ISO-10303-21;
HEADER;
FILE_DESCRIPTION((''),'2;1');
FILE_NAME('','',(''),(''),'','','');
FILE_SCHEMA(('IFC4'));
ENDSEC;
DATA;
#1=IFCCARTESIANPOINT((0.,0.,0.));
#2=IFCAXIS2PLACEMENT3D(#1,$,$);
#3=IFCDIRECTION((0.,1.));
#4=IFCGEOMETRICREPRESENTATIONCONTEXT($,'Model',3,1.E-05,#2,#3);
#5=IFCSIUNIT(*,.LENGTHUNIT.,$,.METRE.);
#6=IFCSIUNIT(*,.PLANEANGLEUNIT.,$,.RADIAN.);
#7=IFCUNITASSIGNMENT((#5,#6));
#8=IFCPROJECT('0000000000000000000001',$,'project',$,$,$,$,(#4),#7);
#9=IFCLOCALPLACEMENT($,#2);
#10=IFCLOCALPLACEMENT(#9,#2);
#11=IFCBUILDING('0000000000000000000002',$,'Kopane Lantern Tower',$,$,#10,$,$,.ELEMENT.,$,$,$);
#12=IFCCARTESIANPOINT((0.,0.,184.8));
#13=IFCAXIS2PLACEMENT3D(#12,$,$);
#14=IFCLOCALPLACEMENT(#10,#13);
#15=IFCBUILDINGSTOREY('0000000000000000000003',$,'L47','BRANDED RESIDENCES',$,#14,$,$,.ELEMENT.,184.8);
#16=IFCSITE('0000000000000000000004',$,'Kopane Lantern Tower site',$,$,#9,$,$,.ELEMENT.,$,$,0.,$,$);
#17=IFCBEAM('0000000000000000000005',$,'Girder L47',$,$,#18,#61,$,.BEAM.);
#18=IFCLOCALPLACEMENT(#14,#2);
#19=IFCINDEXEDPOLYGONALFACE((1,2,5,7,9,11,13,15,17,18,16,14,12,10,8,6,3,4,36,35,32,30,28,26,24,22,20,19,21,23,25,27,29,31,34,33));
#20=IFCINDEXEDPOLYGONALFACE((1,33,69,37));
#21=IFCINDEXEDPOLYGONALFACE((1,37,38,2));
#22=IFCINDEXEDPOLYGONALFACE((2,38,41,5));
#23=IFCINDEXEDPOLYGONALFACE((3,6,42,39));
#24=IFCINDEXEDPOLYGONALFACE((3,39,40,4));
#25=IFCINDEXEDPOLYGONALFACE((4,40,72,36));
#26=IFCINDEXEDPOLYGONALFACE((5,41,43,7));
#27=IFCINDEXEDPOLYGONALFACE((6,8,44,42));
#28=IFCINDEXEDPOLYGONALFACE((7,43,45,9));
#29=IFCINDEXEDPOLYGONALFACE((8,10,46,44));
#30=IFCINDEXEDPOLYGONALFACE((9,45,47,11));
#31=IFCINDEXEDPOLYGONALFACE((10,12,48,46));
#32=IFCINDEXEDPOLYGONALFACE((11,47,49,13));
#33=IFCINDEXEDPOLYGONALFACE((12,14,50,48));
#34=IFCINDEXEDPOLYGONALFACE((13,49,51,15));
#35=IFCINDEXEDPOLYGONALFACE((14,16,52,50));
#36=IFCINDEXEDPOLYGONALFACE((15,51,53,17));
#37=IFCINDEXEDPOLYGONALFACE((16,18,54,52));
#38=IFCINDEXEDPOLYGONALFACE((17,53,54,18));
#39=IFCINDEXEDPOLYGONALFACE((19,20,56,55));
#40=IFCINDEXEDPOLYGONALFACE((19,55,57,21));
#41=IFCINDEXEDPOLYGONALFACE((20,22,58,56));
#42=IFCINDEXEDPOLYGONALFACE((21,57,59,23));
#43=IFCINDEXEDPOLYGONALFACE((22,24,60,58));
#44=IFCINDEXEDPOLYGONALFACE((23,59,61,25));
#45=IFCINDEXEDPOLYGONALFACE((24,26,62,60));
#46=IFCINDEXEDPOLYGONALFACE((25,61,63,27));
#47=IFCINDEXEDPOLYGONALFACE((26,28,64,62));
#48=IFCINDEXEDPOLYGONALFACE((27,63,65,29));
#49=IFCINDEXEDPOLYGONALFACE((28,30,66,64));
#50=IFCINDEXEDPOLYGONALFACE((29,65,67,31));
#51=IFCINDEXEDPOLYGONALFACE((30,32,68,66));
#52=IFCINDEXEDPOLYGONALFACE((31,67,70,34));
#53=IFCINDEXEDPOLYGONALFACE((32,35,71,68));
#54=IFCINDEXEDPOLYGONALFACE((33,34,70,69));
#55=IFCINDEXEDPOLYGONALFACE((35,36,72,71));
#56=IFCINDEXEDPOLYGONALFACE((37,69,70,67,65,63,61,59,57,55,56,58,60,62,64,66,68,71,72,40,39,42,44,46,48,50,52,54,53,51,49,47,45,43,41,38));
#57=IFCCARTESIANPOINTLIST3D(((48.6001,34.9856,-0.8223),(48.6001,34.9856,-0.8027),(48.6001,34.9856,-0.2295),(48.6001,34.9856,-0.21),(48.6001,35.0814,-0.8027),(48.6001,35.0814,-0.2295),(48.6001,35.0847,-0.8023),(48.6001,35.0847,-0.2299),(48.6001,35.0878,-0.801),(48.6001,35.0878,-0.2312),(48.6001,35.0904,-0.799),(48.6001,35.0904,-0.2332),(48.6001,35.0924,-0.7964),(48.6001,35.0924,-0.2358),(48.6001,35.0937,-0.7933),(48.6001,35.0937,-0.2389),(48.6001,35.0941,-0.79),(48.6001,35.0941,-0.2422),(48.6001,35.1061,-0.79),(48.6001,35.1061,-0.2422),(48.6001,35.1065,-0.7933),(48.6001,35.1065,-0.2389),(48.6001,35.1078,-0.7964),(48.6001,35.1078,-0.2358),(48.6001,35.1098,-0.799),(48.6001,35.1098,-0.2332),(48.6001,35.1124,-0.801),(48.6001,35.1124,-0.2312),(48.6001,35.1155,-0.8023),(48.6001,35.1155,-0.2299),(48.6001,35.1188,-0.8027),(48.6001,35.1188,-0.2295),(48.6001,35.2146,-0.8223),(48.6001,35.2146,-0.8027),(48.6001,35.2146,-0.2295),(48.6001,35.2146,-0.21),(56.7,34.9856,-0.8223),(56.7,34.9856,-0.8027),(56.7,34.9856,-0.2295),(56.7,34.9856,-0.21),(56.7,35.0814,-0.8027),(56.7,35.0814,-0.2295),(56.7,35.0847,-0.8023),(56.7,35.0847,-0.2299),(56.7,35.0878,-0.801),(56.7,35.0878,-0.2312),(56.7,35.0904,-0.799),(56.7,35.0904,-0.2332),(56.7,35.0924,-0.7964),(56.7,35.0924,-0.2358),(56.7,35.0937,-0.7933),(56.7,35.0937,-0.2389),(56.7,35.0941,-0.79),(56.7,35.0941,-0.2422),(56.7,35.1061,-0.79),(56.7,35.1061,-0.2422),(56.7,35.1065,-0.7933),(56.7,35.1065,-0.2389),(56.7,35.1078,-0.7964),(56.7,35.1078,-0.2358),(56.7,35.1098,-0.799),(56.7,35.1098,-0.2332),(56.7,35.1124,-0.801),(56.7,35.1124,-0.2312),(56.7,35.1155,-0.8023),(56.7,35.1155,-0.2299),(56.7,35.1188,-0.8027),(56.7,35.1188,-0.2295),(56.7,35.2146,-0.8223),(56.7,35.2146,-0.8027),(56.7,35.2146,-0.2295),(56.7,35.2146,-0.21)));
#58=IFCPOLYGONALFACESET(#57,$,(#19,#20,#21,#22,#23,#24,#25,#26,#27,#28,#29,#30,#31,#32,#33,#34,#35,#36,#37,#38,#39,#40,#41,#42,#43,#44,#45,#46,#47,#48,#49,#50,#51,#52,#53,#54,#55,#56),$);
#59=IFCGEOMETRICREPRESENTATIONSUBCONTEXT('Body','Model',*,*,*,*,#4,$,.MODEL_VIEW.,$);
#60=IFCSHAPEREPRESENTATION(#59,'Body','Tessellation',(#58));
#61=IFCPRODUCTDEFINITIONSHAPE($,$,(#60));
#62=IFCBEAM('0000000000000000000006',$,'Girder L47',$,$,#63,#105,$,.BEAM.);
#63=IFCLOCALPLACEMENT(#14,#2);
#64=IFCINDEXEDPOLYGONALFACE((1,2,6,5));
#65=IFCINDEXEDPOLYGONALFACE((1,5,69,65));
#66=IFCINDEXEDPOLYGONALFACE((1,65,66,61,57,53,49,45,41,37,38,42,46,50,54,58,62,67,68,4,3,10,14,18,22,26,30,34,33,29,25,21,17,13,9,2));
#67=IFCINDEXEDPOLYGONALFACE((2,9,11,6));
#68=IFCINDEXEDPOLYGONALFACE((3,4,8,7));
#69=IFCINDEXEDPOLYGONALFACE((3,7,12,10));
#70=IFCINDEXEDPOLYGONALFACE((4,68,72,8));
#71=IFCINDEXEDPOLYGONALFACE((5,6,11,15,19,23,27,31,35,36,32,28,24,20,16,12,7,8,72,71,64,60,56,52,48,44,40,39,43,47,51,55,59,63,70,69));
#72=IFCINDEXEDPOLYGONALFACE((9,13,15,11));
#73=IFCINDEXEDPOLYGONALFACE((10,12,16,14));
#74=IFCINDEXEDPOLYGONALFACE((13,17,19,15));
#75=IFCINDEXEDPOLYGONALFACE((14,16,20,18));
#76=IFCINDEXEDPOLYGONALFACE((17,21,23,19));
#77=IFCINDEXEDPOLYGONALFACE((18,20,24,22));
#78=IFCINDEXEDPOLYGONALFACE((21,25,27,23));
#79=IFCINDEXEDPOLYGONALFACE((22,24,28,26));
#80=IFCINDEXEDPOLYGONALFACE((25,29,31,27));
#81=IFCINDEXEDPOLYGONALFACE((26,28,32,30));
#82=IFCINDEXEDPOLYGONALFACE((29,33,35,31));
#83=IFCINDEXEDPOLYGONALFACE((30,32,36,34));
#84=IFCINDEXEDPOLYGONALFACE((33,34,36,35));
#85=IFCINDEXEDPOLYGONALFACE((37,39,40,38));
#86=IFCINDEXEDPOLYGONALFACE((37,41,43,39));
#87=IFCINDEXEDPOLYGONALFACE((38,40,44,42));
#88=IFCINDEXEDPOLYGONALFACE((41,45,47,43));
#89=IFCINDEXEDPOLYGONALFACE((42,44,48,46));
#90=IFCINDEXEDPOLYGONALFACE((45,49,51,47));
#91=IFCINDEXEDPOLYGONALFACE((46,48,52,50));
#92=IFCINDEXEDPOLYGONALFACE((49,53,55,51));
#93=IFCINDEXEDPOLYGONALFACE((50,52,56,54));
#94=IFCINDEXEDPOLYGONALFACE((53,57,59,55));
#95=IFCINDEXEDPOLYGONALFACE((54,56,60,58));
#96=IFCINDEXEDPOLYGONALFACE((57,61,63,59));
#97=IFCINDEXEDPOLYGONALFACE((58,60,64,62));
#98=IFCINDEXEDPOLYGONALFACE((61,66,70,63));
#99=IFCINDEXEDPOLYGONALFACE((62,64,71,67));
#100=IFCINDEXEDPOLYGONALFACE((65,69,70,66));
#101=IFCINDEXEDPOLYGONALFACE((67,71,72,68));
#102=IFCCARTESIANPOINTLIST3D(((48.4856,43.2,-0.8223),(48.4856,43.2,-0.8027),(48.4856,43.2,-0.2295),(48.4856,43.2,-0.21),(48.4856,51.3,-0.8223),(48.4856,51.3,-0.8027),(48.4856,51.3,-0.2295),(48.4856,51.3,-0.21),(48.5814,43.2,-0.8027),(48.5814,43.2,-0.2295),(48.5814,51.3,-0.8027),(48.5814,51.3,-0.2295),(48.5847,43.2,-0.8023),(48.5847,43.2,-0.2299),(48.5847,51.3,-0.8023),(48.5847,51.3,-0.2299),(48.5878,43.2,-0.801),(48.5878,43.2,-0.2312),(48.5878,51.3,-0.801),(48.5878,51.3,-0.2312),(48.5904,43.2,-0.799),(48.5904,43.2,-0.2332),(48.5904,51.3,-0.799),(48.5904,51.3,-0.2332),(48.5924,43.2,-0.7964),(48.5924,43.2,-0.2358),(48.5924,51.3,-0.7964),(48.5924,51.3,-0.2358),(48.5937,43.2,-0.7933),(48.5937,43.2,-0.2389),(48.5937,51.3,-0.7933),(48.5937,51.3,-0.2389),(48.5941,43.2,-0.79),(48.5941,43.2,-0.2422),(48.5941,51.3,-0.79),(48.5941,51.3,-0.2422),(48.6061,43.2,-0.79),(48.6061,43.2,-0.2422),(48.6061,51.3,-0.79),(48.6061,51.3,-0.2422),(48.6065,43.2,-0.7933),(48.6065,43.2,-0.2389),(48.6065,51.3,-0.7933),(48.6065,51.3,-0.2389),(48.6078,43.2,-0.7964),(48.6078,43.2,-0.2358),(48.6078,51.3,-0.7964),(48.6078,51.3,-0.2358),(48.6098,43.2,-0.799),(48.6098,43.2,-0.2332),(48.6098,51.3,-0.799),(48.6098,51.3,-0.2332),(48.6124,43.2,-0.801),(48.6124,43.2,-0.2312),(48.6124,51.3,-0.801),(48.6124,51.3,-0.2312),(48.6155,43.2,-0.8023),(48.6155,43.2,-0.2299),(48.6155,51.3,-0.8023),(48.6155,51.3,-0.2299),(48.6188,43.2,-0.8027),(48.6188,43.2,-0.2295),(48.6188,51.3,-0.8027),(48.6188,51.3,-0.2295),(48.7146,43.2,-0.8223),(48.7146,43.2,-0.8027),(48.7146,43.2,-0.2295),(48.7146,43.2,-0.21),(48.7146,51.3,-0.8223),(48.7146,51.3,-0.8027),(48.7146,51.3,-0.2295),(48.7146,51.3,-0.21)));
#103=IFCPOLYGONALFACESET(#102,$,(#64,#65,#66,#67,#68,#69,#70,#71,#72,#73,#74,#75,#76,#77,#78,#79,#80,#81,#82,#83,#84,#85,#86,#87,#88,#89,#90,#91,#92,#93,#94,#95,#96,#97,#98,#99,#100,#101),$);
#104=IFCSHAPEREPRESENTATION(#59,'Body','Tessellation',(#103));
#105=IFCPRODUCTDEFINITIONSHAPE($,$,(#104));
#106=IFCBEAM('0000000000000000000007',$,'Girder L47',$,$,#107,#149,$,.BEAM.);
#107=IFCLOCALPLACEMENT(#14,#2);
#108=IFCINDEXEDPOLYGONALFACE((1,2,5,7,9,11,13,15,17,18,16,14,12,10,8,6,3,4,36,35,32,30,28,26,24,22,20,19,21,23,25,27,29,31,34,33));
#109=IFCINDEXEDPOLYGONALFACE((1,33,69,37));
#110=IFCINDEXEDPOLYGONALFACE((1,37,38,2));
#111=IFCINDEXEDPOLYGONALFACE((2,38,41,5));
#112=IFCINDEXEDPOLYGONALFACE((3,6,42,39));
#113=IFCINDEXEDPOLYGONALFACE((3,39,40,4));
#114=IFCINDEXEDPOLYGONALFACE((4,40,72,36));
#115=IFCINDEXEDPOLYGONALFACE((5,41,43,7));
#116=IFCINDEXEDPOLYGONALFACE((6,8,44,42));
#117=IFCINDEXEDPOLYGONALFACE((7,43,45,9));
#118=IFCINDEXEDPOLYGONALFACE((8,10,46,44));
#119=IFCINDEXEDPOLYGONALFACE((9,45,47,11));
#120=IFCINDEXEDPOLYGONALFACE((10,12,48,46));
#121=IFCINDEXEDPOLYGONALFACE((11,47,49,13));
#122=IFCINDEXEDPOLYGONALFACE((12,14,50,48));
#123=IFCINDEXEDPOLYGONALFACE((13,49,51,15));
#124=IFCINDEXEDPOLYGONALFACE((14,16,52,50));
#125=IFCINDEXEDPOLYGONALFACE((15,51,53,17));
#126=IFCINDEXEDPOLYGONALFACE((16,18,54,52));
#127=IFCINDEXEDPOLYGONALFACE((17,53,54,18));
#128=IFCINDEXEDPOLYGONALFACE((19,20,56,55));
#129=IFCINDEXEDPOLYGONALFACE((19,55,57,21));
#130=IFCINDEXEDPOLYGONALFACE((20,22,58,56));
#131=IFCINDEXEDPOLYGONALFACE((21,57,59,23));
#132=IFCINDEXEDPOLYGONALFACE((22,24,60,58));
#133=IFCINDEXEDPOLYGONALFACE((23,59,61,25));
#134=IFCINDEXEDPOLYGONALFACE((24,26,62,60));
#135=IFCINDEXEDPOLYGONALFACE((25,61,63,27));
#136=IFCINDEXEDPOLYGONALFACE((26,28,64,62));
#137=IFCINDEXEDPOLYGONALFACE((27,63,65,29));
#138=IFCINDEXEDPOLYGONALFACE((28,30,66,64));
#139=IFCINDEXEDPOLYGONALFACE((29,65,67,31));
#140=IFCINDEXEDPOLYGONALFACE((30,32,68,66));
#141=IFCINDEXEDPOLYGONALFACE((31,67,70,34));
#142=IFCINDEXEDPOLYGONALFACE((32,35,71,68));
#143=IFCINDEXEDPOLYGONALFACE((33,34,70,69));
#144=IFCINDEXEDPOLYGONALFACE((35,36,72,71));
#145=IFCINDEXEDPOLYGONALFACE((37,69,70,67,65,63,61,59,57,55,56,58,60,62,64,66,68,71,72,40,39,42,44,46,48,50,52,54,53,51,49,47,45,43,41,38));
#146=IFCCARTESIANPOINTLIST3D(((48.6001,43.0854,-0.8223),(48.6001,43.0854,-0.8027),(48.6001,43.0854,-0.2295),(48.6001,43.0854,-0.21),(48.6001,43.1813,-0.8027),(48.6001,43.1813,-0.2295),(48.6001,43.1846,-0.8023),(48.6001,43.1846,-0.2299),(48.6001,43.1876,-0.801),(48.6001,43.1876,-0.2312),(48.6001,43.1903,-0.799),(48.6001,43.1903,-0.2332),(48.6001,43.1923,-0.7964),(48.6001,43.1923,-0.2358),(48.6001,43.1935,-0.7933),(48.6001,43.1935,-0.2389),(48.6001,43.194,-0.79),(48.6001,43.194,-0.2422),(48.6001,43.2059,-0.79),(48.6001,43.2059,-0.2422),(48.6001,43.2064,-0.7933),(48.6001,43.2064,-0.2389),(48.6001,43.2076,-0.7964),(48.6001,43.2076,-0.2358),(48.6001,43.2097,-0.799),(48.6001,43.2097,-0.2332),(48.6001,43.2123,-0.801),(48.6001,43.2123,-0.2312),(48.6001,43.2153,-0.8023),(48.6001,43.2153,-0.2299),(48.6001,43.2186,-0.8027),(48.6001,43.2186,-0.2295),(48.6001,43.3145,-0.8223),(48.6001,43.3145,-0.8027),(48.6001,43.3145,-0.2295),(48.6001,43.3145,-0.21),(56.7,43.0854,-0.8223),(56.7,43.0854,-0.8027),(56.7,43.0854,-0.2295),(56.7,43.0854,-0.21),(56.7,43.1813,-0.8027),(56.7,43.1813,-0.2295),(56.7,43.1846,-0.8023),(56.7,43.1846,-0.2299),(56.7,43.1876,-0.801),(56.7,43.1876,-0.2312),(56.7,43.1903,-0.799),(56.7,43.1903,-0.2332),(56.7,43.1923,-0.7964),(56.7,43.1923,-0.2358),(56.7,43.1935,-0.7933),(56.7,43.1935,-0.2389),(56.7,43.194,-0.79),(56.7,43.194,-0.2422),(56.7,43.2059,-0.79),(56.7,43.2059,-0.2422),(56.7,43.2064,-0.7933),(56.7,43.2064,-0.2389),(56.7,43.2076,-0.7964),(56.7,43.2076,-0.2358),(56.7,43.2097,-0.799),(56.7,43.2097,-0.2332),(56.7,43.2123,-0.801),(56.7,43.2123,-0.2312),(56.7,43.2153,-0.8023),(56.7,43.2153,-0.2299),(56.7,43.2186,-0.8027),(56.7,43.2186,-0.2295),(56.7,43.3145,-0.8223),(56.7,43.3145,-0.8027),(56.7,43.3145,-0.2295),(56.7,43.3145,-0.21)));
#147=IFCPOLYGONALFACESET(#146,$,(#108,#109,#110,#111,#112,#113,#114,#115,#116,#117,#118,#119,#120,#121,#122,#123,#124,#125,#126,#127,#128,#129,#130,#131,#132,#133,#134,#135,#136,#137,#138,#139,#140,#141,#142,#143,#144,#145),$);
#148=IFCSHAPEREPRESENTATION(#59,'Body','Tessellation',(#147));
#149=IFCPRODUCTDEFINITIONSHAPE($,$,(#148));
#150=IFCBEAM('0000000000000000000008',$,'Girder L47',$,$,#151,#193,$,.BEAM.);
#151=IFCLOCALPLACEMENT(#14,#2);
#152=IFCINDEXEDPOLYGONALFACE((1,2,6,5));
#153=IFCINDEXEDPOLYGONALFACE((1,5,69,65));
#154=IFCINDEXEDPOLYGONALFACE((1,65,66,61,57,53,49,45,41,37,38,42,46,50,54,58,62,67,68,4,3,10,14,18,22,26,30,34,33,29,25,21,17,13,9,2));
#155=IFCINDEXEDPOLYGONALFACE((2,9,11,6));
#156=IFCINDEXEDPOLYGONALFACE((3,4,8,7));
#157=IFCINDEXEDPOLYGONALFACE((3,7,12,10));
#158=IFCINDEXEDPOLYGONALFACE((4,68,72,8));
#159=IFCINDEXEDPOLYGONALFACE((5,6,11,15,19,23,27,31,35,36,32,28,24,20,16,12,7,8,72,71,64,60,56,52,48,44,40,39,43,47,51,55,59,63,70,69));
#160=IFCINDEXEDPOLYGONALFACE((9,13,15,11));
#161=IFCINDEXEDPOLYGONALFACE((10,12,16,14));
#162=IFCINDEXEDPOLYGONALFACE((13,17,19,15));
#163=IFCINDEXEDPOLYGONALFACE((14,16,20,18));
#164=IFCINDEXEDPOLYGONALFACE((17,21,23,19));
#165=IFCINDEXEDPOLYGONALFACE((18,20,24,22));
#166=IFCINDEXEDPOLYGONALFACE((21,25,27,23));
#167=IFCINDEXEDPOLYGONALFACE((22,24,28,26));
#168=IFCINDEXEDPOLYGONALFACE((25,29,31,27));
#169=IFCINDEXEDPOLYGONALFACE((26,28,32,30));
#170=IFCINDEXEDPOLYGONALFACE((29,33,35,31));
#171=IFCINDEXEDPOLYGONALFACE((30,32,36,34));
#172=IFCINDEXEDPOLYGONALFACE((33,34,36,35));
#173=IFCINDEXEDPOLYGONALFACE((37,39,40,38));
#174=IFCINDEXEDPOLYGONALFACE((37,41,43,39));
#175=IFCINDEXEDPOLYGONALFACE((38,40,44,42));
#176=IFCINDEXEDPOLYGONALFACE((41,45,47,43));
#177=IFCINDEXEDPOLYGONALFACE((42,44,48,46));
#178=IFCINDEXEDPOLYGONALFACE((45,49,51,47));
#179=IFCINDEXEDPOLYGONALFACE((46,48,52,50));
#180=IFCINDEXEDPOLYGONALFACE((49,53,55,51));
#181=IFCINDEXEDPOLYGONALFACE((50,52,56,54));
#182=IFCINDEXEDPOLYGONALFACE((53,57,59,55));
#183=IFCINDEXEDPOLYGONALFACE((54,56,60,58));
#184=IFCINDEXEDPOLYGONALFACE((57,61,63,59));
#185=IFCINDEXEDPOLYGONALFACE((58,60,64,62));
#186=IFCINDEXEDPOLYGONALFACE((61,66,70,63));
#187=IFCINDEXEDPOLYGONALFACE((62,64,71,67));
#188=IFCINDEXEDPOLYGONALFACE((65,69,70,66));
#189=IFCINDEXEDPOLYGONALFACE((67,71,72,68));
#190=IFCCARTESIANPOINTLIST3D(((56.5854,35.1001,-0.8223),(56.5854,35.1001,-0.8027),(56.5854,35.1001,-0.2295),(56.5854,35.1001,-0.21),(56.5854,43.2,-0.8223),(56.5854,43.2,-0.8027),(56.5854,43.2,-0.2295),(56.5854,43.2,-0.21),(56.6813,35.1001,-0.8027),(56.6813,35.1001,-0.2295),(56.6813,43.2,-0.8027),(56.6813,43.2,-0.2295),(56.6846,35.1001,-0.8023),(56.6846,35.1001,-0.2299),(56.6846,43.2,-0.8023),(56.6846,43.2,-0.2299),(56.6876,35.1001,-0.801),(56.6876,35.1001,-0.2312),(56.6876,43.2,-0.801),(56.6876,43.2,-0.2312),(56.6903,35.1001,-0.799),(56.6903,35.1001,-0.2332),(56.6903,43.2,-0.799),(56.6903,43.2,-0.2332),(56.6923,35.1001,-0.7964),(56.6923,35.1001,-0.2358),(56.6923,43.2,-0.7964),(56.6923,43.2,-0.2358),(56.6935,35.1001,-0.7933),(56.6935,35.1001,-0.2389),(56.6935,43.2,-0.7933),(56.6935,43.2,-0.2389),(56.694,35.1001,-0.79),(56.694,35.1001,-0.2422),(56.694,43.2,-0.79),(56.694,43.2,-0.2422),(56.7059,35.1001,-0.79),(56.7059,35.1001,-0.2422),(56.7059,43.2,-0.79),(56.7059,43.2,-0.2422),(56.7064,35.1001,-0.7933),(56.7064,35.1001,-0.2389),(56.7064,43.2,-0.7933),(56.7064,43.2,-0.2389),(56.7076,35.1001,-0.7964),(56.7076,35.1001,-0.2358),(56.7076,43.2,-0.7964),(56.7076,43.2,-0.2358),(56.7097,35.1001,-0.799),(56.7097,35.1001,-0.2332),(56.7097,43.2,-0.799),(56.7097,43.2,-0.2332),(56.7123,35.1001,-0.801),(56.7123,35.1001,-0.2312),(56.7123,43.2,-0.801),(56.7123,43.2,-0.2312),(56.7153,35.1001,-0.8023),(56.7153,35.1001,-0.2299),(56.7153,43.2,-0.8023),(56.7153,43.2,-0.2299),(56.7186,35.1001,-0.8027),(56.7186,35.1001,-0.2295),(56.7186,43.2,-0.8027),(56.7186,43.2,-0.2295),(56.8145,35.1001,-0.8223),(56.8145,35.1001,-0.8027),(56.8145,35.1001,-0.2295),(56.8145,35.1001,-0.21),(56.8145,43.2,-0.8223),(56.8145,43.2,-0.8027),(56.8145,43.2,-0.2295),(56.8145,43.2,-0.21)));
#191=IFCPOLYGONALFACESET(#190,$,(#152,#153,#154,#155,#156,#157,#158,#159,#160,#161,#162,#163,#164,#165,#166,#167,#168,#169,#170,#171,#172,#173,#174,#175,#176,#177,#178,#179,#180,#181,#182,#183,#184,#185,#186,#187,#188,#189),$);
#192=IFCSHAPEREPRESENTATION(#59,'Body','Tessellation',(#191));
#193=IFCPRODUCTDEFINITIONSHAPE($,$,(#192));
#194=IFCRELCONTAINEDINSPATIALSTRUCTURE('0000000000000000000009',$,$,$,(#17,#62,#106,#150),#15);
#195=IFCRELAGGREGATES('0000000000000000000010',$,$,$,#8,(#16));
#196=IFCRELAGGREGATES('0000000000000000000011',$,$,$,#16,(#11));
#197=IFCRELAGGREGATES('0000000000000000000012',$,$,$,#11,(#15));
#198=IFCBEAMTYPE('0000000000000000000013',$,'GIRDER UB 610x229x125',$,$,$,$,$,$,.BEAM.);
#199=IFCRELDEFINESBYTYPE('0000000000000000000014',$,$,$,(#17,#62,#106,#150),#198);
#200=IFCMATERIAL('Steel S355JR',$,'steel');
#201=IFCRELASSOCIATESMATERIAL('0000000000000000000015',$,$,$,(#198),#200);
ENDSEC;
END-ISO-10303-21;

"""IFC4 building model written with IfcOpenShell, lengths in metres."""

from ifc_helpers import new_model, si_unit, direction, frame, origin, origin_2d, place, context, subcontext, project, spatial, i_section, extrude, material, material_profile, profile_set, type_object, element, save


model = new_model("IFC4")

# Units and contexts
model_context = context("Model", 3, precision=1e-05, world=origin(), true_north=direction((0.0, 1.0)))
body_context = subcontext(model_context, "Body", "Model", "MODEL_VIEW")
ifc_project = project(units=[si_unit("LENGTHUNIT", "METRE"), si_unit("PLANEANGLEUNIT", "RADIAN")], contexts=[model_context])

# Site, building, storey
site_placement = place(None, origin())
site = spatial("IfcSite", under=ifc_project, at=site_placement, Name="Kopane Lantern Tower site", CompositionType="ELEMENT", RefElevation=0.0)
building_placement = place(site_placement, origin())
building = spatial("IfcBuilding", under=site, at=building_placement, Name="Kopane Lantern Tower", CompositionType="ELEMENT")
storey_placement = place(building_placement, frame((0.0, 0.0, 184.8)))
storey = spatial("IfcBuildingStorey", under=building, at=storey_placement, Name="L47", Description="BRANDED RESIDENCES", CompositionType="ELEMENT", Elevation=184.8)

# Beams
ifc_material_1 = material(Name="Steel S355JR", Category="steel")
ifc_material_profile_1 = material_profile(ifc_material_1, i_section(OverallWidth=0.229, OverallDepth=0.6123, WebThickness=0.012, FlangeThickness=0.0195, FilletRadius=0.0127, at=origin_2d()), Name="UB 610x229x125")
ifc_profile_set_1 = profile_set([ifc_material_profile_1], Name="Steel S355JR")
beam_type = type_object("IfcBeamType", Name="GIRDER UB 610x229x125", PredefinedType="BEAM", material=ifc_profile_set_1)
for number, where, z_axis, x_axis, name in (
    (1, (48.6001, 35.1001, -0.5161), (1.0, 0.0, 0.0), (0.0, 1.0, 0.0), "Girder L47"),
):
    element("IfcBeam", number, at=place(storey_placement, frame(where, z_axis=z_axis, x_axis=x_axis)), inside=storey, type_object=beam_type, Name=name, PredefinedType="BEAM", context=body_context, shape_type="SweptSolid", body=[
        extrude(i_section(OverallWidth=0.229, OverallDepth=0.6123, WebThickness=0.012, FlangeThickness=0.0195, FilletRadius=0.0127, at=origin_2d()), origin(), (0.0, 0.0, 1.0), 8.0999),
    ])
beam_1_placement = place(storey_placement, frame((48.6001, 43.2, -0.5161), z_axis=(0.0, 1.0, 0.0), x_axis=(-1.0, 0.0, 0.0)))
element("IfcBeam", 2, at=beam_1_placement, inside=storey, type_object=beam_type, Name="Girder L47", PredefinedType="BEAM", context=body_context, shape_type="SweptSolid", body=[
    extrude(i_section(OverallWidth=0.229, OverallDepth=0.6123, WebThickness=0.012, FlangeThickness=0.0195, FilletRadius=0.0127, at=origin_2d()), origin(), (0.0, 0.0, 1.0), 8.1001),
])
for number, where, z_axis, x_axis, name in (
    (3, (48.6001, 43.2, -0.5161), (1.0, 0.0, 0.0), (0.0, 1.0, 0.0), "Girder L47"),
    (4, (56.7, 35.1001, -0.5161), (0.0, 1.0, 0.0), (-1.0, 0.0, 0.0), "Girder L47"),
):
    element("IfcBeam", number, at=place(storey_placement, frame(where, z_axis=z_axis, x_axis=x_axis)), inside=storey, type_object=beam_type, Name=name, PredefinedType="BEAM", context=body_context, shape_type="SweptSolid", body=[
        extrude(i_section(OverallWidth=0.229, OverallDepth=0.6123, WebThickness=0.012, FlangeThickness=0.0195, FilletRadius=0.0127, at=origin_2d()), origin(), (0.0, 0.0, 1.0), 8.0999),
    ])

save(model, "model.ifc")
